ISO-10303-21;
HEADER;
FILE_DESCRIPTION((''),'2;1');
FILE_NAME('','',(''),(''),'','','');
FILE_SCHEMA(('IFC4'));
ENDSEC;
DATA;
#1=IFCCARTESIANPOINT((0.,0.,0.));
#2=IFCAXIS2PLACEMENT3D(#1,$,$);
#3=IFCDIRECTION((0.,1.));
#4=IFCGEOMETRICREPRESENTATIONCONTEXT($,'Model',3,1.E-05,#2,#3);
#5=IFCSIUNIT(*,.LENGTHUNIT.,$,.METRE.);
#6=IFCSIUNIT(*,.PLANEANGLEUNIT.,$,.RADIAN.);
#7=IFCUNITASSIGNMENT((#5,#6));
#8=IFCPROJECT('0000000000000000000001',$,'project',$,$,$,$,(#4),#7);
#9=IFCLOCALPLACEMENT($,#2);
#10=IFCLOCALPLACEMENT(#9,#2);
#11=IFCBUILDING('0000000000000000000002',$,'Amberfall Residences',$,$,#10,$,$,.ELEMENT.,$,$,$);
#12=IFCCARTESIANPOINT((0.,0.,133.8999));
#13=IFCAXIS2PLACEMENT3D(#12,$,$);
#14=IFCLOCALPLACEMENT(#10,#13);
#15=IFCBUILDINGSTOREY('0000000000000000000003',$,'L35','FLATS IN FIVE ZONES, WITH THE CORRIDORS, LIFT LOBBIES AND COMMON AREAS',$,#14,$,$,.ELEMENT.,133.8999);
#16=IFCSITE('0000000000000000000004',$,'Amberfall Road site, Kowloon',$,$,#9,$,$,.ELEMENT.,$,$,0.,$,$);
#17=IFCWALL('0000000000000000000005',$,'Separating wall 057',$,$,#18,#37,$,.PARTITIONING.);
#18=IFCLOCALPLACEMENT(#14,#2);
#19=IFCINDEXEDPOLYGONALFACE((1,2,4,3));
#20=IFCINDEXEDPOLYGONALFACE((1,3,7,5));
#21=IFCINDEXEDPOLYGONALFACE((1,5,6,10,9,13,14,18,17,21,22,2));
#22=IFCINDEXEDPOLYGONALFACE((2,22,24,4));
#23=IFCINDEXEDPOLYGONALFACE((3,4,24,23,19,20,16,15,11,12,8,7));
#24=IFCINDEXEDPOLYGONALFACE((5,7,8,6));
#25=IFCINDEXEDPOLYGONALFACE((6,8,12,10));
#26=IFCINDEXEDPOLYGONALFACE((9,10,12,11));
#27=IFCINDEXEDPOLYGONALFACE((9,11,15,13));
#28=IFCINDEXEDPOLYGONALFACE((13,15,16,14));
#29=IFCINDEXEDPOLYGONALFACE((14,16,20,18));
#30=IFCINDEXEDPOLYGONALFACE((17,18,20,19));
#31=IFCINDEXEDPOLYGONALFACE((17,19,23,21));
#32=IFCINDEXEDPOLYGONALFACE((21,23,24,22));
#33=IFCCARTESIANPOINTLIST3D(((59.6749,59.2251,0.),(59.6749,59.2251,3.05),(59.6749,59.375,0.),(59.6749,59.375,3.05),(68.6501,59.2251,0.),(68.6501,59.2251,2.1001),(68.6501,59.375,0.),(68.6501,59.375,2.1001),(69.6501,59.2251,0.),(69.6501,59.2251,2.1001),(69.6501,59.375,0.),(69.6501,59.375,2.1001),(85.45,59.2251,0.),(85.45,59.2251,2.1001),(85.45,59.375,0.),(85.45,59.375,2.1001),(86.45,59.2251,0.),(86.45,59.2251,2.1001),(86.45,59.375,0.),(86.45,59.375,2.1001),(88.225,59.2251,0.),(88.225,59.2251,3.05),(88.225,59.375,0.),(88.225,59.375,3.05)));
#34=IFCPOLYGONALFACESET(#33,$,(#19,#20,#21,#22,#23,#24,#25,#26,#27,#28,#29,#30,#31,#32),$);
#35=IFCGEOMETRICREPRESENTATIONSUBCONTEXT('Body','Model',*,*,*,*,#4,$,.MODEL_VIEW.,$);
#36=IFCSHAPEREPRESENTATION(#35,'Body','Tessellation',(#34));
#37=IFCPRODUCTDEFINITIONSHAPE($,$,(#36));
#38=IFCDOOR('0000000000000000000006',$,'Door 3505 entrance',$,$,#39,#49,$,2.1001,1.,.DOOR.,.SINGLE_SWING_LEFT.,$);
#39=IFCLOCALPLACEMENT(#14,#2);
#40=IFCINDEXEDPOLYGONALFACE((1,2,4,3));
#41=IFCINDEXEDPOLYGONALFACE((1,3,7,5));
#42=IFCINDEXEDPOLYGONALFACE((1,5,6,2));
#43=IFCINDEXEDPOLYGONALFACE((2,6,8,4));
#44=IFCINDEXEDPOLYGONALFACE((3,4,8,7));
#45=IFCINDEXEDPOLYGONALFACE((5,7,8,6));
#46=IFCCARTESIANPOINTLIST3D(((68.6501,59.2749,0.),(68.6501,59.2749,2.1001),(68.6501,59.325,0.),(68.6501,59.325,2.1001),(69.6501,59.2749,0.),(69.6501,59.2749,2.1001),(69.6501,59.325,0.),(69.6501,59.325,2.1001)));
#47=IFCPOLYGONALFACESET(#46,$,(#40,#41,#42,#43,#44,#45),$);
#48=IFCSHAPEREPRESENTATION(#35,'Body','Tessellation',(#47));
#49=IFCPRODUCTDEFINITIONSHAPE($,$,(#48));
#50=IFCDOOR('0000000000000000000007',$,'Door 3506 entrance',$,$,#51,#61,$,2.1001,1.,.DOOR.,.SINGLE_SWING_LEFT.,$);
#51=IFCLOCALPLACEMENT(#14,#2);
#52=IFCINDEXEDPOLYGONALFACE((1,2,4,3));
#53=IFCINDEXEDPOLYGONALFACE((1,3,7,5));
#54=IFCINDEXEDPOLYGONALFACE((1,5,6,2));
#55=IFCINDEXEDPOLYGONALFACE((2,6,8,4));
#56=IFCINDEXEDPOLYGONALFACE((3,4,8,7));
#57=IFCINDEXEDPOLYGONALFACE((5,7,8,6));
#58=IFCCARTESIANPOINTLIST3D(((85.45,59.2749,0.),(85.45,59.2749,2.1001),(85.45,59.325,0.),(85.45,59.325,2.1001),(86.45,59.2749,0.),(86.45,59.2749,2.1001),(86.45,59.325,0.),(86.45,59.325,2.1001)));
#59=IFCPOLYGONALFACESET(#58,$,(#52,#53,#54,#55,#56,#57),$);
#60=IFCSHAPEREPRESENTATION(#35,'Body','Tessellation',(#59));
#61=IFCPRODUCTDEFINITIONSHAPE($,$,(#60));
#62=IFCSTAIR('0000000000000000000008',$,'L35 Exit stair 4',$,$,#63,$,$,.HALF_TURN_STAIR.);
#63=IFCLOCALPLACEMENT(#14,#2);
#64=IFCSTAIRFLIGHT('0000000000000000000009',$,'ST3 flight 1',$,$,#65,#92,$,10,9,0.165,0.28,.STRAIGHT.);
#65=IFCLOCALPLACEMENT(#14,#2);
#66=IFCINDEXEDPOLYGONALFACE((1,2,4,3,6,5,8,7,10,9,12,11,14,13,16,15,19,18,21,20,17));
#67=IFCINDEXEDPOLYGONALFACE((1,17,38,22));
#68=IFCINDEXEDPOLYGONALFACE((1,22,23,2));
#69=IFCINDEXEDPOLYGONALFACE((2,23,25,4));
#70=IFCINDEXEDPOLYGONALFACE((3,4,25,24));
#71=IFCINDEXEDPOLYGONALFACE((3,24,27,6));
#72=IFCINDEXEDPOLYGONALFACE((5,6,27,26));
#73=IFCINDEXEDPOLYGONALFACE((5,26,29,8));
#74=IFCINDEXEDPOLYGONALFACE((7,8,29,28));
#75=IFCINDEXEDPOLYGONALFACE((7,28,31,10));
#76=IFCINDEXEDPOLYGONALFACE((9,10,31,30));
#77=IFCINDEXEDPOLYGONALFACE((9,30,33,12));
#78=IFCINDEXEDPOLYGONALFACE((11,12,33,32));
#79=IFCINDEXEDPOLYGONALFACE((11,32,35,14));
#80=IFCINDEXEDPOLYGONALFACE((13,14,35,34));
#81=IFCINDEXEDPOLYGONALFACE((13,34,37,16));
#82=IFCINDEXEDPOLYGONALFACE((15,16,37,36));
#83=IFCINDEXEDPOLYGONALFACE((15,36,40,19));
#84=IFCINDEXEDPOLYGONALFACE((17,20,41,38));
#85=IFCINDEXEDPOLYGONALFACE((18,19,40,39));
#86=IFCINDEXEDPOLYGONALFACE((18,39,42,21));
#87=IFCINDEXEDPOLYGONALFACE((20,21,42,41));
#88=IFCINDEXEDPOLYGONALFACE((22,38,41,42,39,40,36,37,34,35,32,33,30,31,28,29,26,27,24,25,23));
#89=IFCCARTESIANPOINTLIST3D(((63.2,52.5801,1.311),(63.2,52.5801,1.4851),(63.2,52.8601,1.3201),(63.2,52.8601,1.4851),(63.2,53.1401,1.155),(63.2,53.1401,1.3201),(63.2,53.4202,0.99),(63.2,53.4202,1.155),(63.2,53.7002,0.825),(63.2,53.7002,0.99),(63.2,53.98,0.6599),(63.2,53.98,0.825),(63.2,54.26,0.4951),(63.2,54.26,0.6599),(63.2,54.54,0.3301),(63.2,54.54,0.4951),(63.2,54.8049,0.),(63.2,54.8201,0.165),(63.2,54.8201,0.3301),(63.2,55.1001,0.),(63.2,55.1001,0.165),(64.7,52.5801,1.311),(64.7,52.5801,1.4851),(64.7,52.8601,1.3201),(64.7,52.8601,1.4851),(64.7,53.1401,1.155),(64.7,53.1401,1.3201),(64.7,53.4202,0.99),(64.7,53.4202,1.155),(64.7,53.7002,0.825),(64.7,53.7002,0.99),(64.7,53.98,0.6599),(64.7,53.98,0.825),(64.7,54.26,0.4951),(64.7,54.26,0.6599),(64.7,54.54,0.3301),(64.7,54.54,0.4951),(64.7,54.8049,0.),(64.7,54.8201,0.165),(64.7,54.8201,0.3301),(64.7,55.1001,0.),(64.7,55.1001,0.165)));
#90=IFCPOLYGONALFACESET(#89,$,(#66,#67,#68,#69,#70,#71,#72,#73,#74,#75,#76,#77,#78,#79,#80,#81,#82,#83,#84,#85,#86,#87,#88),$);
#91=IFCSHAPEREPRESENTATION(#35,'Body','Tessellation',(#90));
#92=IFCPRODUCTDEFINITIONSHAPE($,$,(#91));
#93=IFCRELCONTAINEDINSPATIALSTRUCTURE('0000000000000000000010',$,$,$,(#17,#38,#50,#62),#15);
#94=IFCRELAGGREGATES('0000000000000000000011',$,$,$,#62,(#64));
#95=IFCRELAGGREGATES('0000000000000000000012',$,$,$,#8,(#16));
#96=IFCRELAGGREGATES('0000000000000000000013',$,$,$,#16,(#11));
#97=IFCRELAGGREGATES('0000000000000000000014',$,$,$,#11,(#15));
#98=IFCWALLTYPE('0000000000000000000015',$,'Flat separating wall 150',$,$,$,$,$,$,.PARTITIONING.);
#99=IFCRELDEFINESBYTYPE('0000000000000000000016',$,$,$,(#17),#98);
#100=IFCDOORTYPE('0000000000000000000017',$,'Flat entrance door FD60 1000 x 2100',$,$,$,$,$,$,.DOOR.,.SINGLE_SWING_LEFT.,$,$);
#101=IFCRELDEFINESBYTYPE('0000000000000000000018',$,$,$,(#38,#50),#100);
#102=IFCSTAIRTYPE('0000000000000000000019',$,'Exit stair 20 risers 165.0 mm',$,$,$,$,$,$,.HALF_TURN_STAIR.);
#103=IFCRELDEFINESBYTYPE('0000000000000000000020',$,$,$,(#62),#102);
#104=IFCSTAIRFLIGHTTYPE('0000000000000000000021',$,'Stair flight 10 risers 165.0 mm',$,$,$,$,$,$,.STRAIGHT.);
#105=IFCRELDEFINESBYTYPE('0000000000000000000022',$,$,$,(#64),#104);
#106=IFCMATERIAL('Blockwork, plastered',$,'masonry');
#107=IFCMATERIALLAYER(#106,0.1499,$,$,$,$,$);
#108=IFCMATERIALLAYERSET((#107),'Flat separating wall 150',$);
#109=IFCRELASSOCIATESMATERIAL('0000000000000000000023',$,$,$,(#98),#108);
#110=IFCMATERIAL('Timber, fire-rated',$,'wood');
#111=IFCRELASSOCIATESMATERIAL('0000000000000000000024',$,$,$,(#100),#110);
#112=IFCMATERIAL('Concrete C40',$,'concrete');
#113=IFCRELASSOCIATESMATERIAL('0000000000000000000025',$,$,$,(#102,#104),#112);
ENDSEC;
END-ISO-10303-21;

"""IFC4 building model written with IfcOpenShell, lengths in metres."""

from ifc_helpers import new_model, si_unit, direction, frame, frame_2d, origin, place, context, subcontext, project, spatial, polyline, rectangle, outline, extrude, material, layer, layer_set, type_object, element, fill, aggregate, save


model = new_model("IFC4")

# Units and contexts
model_context = context("Model", 3, precision=1e-05, world=origin(), true_north=direction((0.0, 1.0)))
body_context = subcontext(model_context, "Body", "Model", "MODEL_VIEW")
ifc_project = project(units=[si_unit("LENGTHUNIT", "METRE"), si_unit("PLANEANGLEUNIT", "RADIAN")], contexts=[model_context])

# Site, building, storey
site_placement = place(None, origin())
site = spatial("IfcSite", under=ifc_project, at=site_placement, Name="Amberfall Road site, Kowloon", CompositionType="ELEMENT", RefElevation=0.0)
building_placement = place(site_placement, origin())
building = spatial("IfcBuilding", under=site, at=building_placement, Name="Amberfall Residences", CompositionType="ELEMENT")
storey_placement = place(building_placement, frame((0.0, 0.0, 133.8999)))
storey = spatial("IfcBuildingStorey", under=building, at=storey_placement, Name="L35", Description="FLATS IN FIVE ZONES, WITH THE CORRIDORS, LIFT LOBBIES AND COMMON AREAS", CompositionType="ELEMENT", Elevation=133.8999)

# Shared definitions
ifc_material_1 = material(Name="Blockwork, plastered", Category="masonry")
ifc_layer_1 = layer(ifc_material_1, 0.1499)
ifc_layer_set_1 = layer_set([ifc_layer_1], Name="Flat separating wall 150")
wall_type_1 = type_object("IfcWallType", Name="Flat separating wall 150", PredefinedType="PARTITIONING", material=ifc_layer_set_1)

# Wall, openings, doors
wall_1_placement = place(storey_placement, frame((59.675, 59.3, 0.0), z_axis=(0.0, 0.0, 1.0), x_axis=(1.0, 0.0, 0.0)))
wall_1 = element("IfcWall", 1, at=wall_1_placement, inside=storey, type_object=wall_type_1, Name="Separating wall 057", PredefinedType="PARTITIONING", context=body_context, shape_type="SweptSolid", body=[
    extrude(rectangle(XDim=28.55, YDim=0.1499, at=frame_2d((14.2749, 0.0))), origin(), (0.0, 0.0, 1.0), 3.05),
])
opening_1_placement = place(wall_1_placement, frame((8.9751, 0.0, 0.0)))
opening_1 = element("IfcOpeningElement", 2, at=opening_1_placement, cuts=wall_1, PredefinedType="OPENING", context=body_context, shape_type="SweptSolid", body=[
    extrude(rectangle(XDim=1.0, YDim=2.1001, at=frame_2d((0.5, 1.05))), frame((0.0, 0.085, 0.0), z_axis=(0.0, -1.0, 0.0), x_axis=(1.0, 0.0, 0.0)), (0.0, 0.0, 1.0), 0.1699),
])
opening_2_placement = place(wall_1_placement, frame((25.7749, 0.0, 0.0)))
opening_2 = element("IfcOpeningElement", 3, at=opening_2_placement, cuts=wall_1, PredefinedType="OPENING", context=body_context, shape_type="SweptSolid", body=[
    extrude(rectangle(XDim=1.0, YDim=2.1001, at=frame_2d((0.5, 1.05))), frame((0.0, 0.085, 0.0), z_axis=(0.0, -1.0, 0.0), x_axis=(1.0, 0.0, 0.0)), (0.0, 0.0, 1.0), 0.1699),
])
ifc_material_2 = material(Name="Timber, fire-rated", Category="wood")
door_type_1 = type_object("IfcDoorType", Name="Flat entrance door FD60 1000 x 2100", OperationType="SINGLE_SWING_LEFT", PredefinedType="DOOR", material=ifc_material_2)
door_1_placement = place(opening_1_placement, origin())
door_1 = element("IfcDoor", 4, at=door_1_placement, inside=storey, type_object=door_type_1, Name="Door 3505 entrance", OperationType="SINGLE_SWING_LEFT", OverallHeight=2.1001, OverallWidth=1.0, PredefinedType="DOOR", context=body_context, shape_type="SweptSolid", body=[
    extrude(rectangle(XDim=1.0, YDim=2.1001, at=frame_2d((0.5, 1.05))), frame((0.0, 0.0249, 0.0), z_axis=(0.0, -1.0, 0.0), x_axis=(1.0, 0.0, 0.0)), (0.0, 0.0, 1.0), 0.05),
])
fill(opening_1, door_1)
door_2_placement = place(opening_2_placement, origin())
door_2 = element("IfcDoor", 5, at=door_2_placement, inside=storey, type_object=door_type_1, Name="Door 3506 entrance", OperationType="SINGLE_SWING_LEFT", OverallHeight=2.1001, OverallWidth=1.0, PredefinedType="DOOR", context=body_context, shape_type="SweptSolid", body=[
    extrude(rectangle(XDim=1.0, YDim=2.1001, at=frame_2d((0.5, 1.05))), frame((0.0, 0.0249, 0.0), z_axis=(0.0, -1.0, 0.0), x_axis=(1.0, 0.0, 0.0)), (0.0, 0.0, 1.0), 0.05),
])
fill(opening_2, door_2)

# Stair, stair flight
ifc_material_3 = material(Name="Concrete C40", Category="concrete")
stair_type = type_object("IfcStairType", Name="Exit stair 20 risers 165.0 mm", PredefinedType="HALF_TURN_STAIR", material=ifc_material_3)
stair_placement = place(storey_placement, origin())
stair = element("IfcStair", 6, at=stair_placement, inside=storey, type_object=stair_type, Name="L35 Exit stair 4", PredefinedType="HALF_TURN_STAIR")
stair_flight_type = type_object("IfcStairFlightType", Name="Stair flight 10 risers 165.0 mm", PredefinedType="STRAIGHT", material=ifc_material_3)
stair_flight_placement = place(storey_placement, frame((63.95, 55.1001, 0.0), z_axis=(0.0, 0.0, 1.0), x_axis=(0.0, -1.0, 0.0)))
stair_flight = element("IfcStairFlight", 7, at=stair_flight_placement, type_object=stair_flight_type, Name="ST3 flight 1", NumberOfRisers=10, NumberOfTreads=9, PredefinedType="STRAIGHT", RiserHeight=0.165, TreadLength=0.28, context=body_context, shape_type="SweptSolid", body=[
    extrude(outline(polyline([(0.0, 0.0), (0.0, 0.165), (0.28, 0.165), (0.28, 0.3301), (0.5601, 0.3301), (0.5601, 0.4951), (0.8401, 0.4951), (0.8401, 0.6599), (1.1201, 0.6599), (1.1201, 0.825), (1.3999, 0.825), (1.3999, 0.99), (1.6799, 0.99), (1.6799, 1.155), (1.96, 1.155), (1.96, 1.3201), (2.24, 1.3201), (2.24, 1.4851), (2.52, 1.4851), (2.52, 1.6499), (2.52, 1.311), (0.2952, 0.0), (0.0, 0.0)])), frame((0.0, 0.75, 0.0), z_axis=(0.0, -1.0, 0.0), x_axis=(1.0, 0.0, 0.0)), (0.0, 0.0, 1.0), 1.5),
])
aggregate(stair, [stair_flight])

save(model, "model.ifc")
